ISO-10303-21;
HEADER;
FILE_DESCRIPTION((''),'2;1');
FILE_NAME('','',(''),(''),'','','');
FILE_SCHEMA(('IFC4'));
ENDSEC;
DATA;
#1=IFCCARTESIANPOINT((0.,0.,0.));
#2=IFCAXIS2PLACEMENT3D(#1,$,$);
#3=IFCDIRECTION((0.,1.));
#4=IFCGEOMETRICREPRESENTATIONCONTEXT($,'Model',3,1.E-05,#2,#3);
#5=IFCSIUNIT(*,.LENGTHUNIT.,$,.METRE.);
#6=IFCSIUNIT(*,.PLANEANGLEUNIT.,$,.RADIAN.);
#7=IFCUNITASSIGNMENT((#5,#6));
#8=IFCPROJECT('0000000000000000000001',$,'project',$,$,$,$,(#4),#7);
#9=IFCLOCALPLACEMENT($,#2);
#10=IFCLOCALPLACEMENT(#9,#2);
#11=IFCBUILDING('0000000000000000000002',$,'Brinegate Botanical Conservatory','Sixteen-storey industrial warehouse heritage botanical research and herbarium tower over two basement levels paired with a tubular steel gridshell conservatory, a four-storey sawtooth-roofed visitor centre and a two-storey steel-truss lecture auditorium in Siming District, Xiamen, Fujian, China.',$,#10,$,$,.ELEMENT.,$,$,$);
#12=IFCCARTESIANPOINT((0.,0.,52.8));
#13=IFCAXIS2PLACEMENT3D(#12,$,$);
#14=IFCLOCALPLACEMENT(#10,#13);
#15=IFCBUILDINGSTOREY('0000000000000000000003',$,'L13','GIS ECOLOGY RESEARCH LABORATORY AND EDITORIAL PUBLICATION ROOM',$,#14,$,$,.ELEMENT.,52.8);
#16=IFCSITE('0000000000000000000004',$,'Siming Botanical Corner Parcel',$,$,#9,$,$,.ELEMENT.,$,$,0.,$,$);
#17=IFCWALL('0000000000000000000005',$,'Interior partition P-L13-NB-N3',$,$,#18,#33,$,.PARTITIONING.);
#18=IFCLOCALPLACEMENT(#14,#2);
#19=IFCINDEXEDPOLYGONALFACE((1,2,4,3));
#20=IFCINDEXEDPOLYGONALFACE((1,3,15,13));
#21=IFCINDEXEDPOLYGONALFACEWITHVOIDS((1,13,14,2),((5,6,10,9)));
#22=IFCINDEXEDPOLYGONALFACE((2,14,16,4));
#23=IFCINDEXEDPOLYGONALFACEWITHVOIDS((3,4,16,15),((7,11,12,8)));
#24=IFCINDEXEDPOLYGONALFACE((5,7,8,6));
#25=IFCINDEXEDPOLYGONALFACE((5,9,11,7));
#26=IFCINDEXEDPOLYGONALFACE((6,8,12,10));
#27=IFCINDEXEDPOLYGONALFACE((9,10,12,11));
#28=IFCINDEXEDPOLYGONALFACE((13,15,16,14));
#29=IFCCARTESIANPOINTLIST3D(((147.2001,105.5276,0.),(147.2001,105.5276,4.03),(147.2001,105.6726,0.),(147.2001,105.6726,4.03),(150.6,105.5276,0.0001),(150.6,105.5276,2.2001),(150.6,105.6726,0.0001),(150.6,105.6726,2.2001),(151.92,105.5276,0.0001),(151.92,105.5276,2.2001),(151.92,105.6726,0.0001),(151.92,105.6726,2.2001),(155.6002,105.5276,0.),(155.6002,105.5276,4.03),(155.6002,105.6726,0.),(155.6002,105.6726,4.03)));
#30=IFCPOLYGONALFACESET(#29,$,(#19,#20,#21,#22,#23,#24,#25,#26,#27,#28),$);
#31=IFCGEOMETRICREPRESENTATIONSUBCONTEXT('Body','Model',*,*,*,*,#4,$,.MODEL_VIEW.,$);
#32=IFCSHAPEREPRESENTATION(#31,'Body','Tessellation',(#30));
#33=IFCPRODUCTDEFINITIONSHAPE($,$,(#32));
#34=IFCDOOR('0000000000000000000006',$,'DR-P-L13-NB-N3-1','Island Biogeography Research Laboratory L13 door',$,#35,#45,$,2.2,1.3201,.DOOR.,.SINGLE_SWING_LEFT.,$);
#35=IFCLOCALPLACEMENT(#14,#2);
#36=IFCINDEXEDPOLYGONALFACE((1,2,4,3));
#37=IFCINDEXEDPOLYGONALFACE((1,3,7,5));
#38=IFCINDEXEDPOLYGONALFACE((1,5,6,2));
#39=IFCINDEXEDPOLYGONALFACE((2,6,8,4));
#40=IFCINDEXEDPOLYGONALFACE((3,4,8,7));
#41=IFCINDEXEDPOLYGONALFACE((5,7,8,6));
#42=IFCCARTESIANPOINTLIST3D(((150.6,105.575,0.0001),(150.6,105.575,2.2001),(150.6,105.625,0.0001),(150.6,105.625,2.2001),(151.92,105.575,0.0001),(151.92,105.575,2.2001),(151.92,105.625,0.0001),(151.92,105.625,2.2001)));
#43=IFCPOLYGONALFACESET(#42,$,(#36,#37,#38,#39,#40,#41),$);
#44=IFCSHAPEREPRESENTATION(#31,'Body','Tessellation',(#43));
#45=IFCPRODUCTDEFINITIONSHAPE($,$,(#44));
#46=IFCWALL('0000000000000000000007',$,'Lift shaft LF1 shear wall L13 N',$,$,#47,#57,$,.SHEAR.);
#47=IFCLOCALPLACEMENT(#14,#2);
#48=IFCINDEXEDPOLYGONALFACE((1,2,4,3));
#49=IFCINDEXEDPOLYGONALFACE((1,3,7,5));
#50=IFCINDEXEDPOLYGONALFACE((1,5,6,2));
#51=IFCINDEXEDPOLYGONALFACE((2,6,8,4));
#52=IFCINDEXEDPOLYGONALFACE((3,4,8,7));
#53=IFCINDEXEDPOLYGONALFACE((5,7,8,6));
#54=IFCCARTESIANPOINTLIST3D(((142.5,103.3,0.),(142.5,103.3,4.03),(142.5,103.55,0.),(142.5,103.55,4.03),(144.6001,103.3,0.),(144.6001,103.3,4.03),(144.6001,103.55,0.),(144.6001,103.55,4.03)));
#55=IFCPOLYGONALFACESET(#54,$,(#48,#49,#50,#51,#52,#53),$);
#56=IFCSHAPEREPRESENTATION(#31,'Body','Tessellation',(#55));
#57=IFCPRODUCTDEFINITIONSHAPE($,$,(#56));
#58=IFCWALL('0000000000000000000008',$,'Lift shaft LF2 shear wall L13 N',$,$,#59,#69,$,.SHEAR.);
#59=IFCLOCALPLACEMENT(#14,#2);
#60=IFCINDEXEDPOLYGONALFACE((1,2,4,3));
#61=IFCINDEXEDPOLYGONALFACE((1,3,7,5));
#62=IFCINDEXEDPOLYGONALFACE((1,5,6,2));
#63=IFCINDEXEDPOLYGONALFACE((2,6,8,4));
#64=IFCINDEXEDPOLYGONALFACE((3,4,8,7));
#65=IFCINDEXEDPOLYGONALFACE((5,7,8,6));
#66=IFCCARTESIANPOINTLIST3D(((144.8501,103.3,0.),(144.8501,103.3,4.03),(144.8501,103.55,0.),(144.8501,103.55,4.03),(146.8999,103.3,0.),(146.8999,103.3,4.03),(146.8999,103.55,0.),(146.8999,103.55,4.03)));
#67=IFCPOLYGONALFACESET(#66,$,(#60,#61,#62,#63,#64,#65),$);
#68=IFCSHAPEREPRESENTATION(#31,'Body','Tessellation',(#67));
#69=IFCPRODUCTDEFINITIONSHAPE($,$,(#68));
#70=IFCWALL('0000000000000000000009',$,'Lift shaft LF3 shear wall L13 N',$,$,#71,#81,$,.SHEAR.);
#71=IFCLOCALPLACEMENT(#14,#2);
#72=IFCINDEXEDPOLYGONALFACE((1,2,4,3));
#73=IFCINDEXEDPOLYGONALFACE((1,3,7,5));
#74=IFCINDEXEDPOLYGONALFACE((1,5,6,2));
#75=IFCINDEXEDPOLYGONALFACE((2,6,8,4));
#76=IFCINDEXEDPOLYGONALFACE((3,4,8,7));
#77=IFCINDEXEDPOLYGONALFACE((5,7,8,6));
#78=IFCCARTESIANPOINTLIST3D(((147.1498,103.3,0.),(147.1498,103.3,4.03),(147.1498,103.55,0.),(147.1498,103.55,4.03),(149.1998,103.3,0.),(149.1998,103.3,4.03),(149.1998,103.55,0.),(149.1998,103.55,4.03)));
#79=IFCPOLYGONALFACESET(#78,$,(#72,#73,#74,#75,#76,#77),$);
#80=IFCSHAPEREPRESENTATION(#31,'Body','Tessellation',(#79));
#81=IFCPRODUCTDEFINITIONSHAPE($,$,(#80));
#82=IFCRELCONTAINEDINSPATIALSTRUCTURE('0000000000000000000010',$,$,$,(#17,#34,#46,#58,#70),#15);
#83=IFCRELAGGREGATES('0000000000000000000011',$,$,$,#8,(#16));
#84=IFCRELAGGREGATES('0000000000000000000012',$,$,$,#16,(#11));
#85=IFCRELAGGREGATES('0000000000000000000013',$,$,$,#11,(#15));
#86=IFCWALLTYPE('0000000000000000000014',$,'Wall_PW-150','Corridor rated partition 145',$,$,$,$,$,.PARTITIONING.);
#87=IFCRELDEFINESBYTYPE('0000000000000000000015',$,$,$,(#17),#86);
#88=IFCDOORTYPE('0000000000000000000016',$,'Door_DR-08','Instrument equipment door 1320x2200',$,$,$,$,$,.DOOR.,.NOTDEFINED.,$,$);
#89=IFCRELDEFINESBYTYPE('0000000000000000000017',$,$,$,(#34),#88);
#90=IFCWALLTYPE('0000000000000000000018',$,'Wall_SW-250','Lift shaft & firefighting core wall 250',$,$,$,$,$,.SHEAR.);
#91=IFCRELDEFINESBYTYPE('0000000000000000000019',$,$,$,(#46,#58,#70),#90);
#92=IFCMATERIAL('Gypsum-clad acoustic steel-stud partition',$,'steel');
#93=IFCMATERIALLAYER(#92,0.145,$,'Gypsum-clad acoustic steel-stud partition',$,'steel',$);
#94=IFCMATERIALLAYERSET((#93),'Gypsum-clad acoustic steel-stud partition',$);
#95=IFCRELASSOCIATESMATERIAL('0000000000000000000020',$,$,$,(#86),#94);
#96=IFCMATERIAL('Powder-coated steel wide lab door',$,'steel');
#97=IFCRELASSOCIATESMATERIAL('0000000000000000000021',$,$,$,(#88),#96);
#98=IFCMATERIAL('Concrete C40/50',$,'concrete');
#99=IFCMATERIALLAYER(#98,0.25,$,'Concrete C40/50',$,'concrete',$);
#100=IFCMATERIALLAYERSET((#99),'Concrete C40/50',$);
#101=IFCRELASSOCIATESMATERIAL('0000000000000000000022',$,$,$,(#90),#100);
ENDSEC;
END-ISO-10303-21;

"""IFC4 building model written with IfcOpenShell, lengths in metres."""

from ifc_helpers import new_model, si_unit, direction, frame, frame_2d, origin, place, context, subcontext, project, spatial, rectangle, extrude, material, layer, layer_set, type_object, element, fill, save


model = new_model("IFC4")

# Units and contexts
model_context = context("Model", 3, precision=1e-05, world=origin(), true_north=direction((0.0, 1.0)))
body_context = subcontext(model_context, "Body", "Model", "MODEL_VIEW")
ifc_project = project(units=[si_unit("LENGTHUNIT", "METRE"), si_unit("PLANEANGLEUNIT", "RADIAN")], contexts=[model_context])

# Site, building, storey
site_placement = place(None, origin())
site = spatial("IfcSite", under=ifc_project, at=site_placement, Name="Siming Botanical Corner Parcel", CompositionType="ELEMENT", RefElevation=0.0)
building_placement = place(site_placement, origin())
building = spatial("IfcBuilding", under=site, at=building_placement, Name="Brinegate Botanical Conservatory", Description="Sixteen-storey industrial warehouse heritage botanical research and herbarium tower over two basement levels paired with a tubular steel gridshell conservatory, a four-storey sawtooth-roofed visitor centre and a two-storey steel-truss lecture auditorium in Siming District, Xiamen, Fujian, China.", CompositionType="ELEMENT")
storey_placement = place(building_placement, frame((0.0, 0.0, 52.8)))
storey = spatial("IfcBuildingStorey", under=building, at=storey_placement, Name="L13", Description="GIS ECOLOGY RESEARCH LABORATORY AND EDITORIAL PUBLICATION ROOM", CompositionType="ELEMENT", Elevation=52.8)

# Shared definitions
ifc_material_1 = material(Name="Concrete C40/50", Category="concrete")

# Wall, opening, door
ifc_material_2 = material(Name="Gypsum-clad acoustic steel-stud partition", Category="steel")
ifc_layer_1 = layer(ifc_material_2, 0.145, Name="Gypsum-clad acoustic steel-stud partition", Category="steel")
ifc_layer_set_1 = layer_set([ifc_layer_1], Name="Gypsum-clad acoustic steel-stud partition")
wall_type_1 = type_object("IfcWallType", Name="Wall_PW-150", Description="Corridor rated partition 145", PredefinedType="PARTITIONING", material=ifc_layer_set_1)
wall_1_placement = place(storey_placement, frame((147.2, 105.6001, 0.0), z_axis=(0.0, 0.0, 1.0), x_axis=(1.0, 0.0, 0.0)))
wall_1 = element("IfcWall", 1, at=wall_1_placement, inside=storey, type_object=wall_type_1, Name="Interior partition P-L13-NB-N3", PredefinedType="PARTITIONING", context=body_context, shape_type="SweptSolid", body=[
    extrude(rectangle(XDim=8.4001, YDim=0.145, at=frame_2d((4.2002, 0.0))), origin(), (0.0, 0.0, 1.0), 4.03),
])
opening_1_placement = place(wall_1_placement, frame((3.3999, 0.0, 0.0)))
opening_1 = element("IfcOpeningElement", 2, at=opening_1_placement, cuts=wall_1, PredefinedType="OPENING", context=body_context, shape_type="SweptSolid", body=[
    extrude(rectangle(XDim=1.3201, YDim=2.2, at=frame_2d((0.6602, 1.1001))), frame((0.0, 0.0825, 0.0), z_axis=(0.0, -1.0, 0.0), x_axis=(1.0, 0.0, 0.0)), (0.0, 0.0, 1.0), 0.165),
])
ifc_material_3 = material(Name="Powder-coated steel wide lab door", Category="steel")
door_type = type_object("IfcDoorType", Name="Door_DR-08", Description="Instrument equipment door 1320x2200", OperationType="NOTDEFINED", PredefinedType="DOOR", material=ifc_material_3)
door_placement = place(opening_1_placement, origin())
door = element("IfcDoor", 3, at=door_placement, inside=storey, type_object=door_type, Name="DR-P-L13-NB-N3-1", Description="Island Biogeography Research Laboratory L13 door", OperationType="SINGLE_SWING_LEFT", OverallHeight=2.2, OverallWidth=1.3201, PredefinedType="DOOR", context=body_context, shape_type="SweptSolid", body=[
    extrude(rectangle(XDim=1.3201, YDim=2.2, at=frame_2d((0.6602, 1.1001))), frame((0.0, 0.0249, 0.0), z_axis=(0.0, -1.0, 0.0), x_axis=(1.0, 0.0, 0.0)), (0.0, 0.0, 1.0), 0.05),
])
fill(opening_1, door)

# Walls
ifc_layer_2 = layer(ifc_material_1, 0.25, Name="Concrete C40/50", Category="concrete")
ifc_layer_set_2 = layer_set([ifc_layer_2], Name="Concrete C40/50")
wall_type_2 = type_object("IfcWallType", Name="Wall_SW-250", Description="Lift shaft & firefighting core wall 250", PredefinedType="SHEAR", material=ifc_layer_set_2)
wall_2_placement = place(storey_placement, frame((142.5, 103.425, 0.0), z_axis=(0.0, 0.0, 1.0), x_axis=(1.0, 0.0, 0.0)))
element("IfcWall", 4, at=wall_2_placement, inside=storey, type_object=wall_type_2, Name="Lift shaft LF1 shear wall L13 N", PredefinedType="SHEAR", context=body_context, shape_type="SweptSolid", body=[
    extrude(rectangle(XDim=2.1001, YDim=0.25, at=frame_2d((1.05, 0.0))), origin(), (0.0, 0.0, 1.0), 4.03),
])
wall_3_placement = place(storey_placement, frame((144.8501, 103.425, 0.0), z_axis=(0.0, 0.0, 1.0), x_axis=(1.0, 0.0, 0.0)))
element("IfcWall", 5, at=wall_3_placement, inside=storey, type_object=wall_type_2, Name="Lift shaft LF2 shear wall L13 N", PredefinedType="SHEAR", context=body_context, shape_type="SweptSolid", body=[
    extrude(rectangle(XDim=2.0498, YDim=0.25, at=frame_2d((1.0249, 0.0))), origin(), (0.0, 0.0, 1.0), 4.03),
])
wall_4_placement = place(storey_placement, frame((147.1499, 103.425, 0.0), z_axis=(0.0, 0.0, 1.0), x_axis=(1.0, 0.0, 0.0)))
element("IfcWall", 6, at=wall_4_placement, inside=storey, type_object=wall_type_2, Name="Lift shaft LF3 shear wall L13 N", PredefinedType="SHEAR", context=body_context, shape_type="SweptSolid", body=[
    extrude(rectangle(XDim=2.05, YDim=0.25, at=frame_2d((1.0249, 0.0))), origin(), (0.0, 0.0, 1.0), 4.03),
])

save(model, "model.ifc")
